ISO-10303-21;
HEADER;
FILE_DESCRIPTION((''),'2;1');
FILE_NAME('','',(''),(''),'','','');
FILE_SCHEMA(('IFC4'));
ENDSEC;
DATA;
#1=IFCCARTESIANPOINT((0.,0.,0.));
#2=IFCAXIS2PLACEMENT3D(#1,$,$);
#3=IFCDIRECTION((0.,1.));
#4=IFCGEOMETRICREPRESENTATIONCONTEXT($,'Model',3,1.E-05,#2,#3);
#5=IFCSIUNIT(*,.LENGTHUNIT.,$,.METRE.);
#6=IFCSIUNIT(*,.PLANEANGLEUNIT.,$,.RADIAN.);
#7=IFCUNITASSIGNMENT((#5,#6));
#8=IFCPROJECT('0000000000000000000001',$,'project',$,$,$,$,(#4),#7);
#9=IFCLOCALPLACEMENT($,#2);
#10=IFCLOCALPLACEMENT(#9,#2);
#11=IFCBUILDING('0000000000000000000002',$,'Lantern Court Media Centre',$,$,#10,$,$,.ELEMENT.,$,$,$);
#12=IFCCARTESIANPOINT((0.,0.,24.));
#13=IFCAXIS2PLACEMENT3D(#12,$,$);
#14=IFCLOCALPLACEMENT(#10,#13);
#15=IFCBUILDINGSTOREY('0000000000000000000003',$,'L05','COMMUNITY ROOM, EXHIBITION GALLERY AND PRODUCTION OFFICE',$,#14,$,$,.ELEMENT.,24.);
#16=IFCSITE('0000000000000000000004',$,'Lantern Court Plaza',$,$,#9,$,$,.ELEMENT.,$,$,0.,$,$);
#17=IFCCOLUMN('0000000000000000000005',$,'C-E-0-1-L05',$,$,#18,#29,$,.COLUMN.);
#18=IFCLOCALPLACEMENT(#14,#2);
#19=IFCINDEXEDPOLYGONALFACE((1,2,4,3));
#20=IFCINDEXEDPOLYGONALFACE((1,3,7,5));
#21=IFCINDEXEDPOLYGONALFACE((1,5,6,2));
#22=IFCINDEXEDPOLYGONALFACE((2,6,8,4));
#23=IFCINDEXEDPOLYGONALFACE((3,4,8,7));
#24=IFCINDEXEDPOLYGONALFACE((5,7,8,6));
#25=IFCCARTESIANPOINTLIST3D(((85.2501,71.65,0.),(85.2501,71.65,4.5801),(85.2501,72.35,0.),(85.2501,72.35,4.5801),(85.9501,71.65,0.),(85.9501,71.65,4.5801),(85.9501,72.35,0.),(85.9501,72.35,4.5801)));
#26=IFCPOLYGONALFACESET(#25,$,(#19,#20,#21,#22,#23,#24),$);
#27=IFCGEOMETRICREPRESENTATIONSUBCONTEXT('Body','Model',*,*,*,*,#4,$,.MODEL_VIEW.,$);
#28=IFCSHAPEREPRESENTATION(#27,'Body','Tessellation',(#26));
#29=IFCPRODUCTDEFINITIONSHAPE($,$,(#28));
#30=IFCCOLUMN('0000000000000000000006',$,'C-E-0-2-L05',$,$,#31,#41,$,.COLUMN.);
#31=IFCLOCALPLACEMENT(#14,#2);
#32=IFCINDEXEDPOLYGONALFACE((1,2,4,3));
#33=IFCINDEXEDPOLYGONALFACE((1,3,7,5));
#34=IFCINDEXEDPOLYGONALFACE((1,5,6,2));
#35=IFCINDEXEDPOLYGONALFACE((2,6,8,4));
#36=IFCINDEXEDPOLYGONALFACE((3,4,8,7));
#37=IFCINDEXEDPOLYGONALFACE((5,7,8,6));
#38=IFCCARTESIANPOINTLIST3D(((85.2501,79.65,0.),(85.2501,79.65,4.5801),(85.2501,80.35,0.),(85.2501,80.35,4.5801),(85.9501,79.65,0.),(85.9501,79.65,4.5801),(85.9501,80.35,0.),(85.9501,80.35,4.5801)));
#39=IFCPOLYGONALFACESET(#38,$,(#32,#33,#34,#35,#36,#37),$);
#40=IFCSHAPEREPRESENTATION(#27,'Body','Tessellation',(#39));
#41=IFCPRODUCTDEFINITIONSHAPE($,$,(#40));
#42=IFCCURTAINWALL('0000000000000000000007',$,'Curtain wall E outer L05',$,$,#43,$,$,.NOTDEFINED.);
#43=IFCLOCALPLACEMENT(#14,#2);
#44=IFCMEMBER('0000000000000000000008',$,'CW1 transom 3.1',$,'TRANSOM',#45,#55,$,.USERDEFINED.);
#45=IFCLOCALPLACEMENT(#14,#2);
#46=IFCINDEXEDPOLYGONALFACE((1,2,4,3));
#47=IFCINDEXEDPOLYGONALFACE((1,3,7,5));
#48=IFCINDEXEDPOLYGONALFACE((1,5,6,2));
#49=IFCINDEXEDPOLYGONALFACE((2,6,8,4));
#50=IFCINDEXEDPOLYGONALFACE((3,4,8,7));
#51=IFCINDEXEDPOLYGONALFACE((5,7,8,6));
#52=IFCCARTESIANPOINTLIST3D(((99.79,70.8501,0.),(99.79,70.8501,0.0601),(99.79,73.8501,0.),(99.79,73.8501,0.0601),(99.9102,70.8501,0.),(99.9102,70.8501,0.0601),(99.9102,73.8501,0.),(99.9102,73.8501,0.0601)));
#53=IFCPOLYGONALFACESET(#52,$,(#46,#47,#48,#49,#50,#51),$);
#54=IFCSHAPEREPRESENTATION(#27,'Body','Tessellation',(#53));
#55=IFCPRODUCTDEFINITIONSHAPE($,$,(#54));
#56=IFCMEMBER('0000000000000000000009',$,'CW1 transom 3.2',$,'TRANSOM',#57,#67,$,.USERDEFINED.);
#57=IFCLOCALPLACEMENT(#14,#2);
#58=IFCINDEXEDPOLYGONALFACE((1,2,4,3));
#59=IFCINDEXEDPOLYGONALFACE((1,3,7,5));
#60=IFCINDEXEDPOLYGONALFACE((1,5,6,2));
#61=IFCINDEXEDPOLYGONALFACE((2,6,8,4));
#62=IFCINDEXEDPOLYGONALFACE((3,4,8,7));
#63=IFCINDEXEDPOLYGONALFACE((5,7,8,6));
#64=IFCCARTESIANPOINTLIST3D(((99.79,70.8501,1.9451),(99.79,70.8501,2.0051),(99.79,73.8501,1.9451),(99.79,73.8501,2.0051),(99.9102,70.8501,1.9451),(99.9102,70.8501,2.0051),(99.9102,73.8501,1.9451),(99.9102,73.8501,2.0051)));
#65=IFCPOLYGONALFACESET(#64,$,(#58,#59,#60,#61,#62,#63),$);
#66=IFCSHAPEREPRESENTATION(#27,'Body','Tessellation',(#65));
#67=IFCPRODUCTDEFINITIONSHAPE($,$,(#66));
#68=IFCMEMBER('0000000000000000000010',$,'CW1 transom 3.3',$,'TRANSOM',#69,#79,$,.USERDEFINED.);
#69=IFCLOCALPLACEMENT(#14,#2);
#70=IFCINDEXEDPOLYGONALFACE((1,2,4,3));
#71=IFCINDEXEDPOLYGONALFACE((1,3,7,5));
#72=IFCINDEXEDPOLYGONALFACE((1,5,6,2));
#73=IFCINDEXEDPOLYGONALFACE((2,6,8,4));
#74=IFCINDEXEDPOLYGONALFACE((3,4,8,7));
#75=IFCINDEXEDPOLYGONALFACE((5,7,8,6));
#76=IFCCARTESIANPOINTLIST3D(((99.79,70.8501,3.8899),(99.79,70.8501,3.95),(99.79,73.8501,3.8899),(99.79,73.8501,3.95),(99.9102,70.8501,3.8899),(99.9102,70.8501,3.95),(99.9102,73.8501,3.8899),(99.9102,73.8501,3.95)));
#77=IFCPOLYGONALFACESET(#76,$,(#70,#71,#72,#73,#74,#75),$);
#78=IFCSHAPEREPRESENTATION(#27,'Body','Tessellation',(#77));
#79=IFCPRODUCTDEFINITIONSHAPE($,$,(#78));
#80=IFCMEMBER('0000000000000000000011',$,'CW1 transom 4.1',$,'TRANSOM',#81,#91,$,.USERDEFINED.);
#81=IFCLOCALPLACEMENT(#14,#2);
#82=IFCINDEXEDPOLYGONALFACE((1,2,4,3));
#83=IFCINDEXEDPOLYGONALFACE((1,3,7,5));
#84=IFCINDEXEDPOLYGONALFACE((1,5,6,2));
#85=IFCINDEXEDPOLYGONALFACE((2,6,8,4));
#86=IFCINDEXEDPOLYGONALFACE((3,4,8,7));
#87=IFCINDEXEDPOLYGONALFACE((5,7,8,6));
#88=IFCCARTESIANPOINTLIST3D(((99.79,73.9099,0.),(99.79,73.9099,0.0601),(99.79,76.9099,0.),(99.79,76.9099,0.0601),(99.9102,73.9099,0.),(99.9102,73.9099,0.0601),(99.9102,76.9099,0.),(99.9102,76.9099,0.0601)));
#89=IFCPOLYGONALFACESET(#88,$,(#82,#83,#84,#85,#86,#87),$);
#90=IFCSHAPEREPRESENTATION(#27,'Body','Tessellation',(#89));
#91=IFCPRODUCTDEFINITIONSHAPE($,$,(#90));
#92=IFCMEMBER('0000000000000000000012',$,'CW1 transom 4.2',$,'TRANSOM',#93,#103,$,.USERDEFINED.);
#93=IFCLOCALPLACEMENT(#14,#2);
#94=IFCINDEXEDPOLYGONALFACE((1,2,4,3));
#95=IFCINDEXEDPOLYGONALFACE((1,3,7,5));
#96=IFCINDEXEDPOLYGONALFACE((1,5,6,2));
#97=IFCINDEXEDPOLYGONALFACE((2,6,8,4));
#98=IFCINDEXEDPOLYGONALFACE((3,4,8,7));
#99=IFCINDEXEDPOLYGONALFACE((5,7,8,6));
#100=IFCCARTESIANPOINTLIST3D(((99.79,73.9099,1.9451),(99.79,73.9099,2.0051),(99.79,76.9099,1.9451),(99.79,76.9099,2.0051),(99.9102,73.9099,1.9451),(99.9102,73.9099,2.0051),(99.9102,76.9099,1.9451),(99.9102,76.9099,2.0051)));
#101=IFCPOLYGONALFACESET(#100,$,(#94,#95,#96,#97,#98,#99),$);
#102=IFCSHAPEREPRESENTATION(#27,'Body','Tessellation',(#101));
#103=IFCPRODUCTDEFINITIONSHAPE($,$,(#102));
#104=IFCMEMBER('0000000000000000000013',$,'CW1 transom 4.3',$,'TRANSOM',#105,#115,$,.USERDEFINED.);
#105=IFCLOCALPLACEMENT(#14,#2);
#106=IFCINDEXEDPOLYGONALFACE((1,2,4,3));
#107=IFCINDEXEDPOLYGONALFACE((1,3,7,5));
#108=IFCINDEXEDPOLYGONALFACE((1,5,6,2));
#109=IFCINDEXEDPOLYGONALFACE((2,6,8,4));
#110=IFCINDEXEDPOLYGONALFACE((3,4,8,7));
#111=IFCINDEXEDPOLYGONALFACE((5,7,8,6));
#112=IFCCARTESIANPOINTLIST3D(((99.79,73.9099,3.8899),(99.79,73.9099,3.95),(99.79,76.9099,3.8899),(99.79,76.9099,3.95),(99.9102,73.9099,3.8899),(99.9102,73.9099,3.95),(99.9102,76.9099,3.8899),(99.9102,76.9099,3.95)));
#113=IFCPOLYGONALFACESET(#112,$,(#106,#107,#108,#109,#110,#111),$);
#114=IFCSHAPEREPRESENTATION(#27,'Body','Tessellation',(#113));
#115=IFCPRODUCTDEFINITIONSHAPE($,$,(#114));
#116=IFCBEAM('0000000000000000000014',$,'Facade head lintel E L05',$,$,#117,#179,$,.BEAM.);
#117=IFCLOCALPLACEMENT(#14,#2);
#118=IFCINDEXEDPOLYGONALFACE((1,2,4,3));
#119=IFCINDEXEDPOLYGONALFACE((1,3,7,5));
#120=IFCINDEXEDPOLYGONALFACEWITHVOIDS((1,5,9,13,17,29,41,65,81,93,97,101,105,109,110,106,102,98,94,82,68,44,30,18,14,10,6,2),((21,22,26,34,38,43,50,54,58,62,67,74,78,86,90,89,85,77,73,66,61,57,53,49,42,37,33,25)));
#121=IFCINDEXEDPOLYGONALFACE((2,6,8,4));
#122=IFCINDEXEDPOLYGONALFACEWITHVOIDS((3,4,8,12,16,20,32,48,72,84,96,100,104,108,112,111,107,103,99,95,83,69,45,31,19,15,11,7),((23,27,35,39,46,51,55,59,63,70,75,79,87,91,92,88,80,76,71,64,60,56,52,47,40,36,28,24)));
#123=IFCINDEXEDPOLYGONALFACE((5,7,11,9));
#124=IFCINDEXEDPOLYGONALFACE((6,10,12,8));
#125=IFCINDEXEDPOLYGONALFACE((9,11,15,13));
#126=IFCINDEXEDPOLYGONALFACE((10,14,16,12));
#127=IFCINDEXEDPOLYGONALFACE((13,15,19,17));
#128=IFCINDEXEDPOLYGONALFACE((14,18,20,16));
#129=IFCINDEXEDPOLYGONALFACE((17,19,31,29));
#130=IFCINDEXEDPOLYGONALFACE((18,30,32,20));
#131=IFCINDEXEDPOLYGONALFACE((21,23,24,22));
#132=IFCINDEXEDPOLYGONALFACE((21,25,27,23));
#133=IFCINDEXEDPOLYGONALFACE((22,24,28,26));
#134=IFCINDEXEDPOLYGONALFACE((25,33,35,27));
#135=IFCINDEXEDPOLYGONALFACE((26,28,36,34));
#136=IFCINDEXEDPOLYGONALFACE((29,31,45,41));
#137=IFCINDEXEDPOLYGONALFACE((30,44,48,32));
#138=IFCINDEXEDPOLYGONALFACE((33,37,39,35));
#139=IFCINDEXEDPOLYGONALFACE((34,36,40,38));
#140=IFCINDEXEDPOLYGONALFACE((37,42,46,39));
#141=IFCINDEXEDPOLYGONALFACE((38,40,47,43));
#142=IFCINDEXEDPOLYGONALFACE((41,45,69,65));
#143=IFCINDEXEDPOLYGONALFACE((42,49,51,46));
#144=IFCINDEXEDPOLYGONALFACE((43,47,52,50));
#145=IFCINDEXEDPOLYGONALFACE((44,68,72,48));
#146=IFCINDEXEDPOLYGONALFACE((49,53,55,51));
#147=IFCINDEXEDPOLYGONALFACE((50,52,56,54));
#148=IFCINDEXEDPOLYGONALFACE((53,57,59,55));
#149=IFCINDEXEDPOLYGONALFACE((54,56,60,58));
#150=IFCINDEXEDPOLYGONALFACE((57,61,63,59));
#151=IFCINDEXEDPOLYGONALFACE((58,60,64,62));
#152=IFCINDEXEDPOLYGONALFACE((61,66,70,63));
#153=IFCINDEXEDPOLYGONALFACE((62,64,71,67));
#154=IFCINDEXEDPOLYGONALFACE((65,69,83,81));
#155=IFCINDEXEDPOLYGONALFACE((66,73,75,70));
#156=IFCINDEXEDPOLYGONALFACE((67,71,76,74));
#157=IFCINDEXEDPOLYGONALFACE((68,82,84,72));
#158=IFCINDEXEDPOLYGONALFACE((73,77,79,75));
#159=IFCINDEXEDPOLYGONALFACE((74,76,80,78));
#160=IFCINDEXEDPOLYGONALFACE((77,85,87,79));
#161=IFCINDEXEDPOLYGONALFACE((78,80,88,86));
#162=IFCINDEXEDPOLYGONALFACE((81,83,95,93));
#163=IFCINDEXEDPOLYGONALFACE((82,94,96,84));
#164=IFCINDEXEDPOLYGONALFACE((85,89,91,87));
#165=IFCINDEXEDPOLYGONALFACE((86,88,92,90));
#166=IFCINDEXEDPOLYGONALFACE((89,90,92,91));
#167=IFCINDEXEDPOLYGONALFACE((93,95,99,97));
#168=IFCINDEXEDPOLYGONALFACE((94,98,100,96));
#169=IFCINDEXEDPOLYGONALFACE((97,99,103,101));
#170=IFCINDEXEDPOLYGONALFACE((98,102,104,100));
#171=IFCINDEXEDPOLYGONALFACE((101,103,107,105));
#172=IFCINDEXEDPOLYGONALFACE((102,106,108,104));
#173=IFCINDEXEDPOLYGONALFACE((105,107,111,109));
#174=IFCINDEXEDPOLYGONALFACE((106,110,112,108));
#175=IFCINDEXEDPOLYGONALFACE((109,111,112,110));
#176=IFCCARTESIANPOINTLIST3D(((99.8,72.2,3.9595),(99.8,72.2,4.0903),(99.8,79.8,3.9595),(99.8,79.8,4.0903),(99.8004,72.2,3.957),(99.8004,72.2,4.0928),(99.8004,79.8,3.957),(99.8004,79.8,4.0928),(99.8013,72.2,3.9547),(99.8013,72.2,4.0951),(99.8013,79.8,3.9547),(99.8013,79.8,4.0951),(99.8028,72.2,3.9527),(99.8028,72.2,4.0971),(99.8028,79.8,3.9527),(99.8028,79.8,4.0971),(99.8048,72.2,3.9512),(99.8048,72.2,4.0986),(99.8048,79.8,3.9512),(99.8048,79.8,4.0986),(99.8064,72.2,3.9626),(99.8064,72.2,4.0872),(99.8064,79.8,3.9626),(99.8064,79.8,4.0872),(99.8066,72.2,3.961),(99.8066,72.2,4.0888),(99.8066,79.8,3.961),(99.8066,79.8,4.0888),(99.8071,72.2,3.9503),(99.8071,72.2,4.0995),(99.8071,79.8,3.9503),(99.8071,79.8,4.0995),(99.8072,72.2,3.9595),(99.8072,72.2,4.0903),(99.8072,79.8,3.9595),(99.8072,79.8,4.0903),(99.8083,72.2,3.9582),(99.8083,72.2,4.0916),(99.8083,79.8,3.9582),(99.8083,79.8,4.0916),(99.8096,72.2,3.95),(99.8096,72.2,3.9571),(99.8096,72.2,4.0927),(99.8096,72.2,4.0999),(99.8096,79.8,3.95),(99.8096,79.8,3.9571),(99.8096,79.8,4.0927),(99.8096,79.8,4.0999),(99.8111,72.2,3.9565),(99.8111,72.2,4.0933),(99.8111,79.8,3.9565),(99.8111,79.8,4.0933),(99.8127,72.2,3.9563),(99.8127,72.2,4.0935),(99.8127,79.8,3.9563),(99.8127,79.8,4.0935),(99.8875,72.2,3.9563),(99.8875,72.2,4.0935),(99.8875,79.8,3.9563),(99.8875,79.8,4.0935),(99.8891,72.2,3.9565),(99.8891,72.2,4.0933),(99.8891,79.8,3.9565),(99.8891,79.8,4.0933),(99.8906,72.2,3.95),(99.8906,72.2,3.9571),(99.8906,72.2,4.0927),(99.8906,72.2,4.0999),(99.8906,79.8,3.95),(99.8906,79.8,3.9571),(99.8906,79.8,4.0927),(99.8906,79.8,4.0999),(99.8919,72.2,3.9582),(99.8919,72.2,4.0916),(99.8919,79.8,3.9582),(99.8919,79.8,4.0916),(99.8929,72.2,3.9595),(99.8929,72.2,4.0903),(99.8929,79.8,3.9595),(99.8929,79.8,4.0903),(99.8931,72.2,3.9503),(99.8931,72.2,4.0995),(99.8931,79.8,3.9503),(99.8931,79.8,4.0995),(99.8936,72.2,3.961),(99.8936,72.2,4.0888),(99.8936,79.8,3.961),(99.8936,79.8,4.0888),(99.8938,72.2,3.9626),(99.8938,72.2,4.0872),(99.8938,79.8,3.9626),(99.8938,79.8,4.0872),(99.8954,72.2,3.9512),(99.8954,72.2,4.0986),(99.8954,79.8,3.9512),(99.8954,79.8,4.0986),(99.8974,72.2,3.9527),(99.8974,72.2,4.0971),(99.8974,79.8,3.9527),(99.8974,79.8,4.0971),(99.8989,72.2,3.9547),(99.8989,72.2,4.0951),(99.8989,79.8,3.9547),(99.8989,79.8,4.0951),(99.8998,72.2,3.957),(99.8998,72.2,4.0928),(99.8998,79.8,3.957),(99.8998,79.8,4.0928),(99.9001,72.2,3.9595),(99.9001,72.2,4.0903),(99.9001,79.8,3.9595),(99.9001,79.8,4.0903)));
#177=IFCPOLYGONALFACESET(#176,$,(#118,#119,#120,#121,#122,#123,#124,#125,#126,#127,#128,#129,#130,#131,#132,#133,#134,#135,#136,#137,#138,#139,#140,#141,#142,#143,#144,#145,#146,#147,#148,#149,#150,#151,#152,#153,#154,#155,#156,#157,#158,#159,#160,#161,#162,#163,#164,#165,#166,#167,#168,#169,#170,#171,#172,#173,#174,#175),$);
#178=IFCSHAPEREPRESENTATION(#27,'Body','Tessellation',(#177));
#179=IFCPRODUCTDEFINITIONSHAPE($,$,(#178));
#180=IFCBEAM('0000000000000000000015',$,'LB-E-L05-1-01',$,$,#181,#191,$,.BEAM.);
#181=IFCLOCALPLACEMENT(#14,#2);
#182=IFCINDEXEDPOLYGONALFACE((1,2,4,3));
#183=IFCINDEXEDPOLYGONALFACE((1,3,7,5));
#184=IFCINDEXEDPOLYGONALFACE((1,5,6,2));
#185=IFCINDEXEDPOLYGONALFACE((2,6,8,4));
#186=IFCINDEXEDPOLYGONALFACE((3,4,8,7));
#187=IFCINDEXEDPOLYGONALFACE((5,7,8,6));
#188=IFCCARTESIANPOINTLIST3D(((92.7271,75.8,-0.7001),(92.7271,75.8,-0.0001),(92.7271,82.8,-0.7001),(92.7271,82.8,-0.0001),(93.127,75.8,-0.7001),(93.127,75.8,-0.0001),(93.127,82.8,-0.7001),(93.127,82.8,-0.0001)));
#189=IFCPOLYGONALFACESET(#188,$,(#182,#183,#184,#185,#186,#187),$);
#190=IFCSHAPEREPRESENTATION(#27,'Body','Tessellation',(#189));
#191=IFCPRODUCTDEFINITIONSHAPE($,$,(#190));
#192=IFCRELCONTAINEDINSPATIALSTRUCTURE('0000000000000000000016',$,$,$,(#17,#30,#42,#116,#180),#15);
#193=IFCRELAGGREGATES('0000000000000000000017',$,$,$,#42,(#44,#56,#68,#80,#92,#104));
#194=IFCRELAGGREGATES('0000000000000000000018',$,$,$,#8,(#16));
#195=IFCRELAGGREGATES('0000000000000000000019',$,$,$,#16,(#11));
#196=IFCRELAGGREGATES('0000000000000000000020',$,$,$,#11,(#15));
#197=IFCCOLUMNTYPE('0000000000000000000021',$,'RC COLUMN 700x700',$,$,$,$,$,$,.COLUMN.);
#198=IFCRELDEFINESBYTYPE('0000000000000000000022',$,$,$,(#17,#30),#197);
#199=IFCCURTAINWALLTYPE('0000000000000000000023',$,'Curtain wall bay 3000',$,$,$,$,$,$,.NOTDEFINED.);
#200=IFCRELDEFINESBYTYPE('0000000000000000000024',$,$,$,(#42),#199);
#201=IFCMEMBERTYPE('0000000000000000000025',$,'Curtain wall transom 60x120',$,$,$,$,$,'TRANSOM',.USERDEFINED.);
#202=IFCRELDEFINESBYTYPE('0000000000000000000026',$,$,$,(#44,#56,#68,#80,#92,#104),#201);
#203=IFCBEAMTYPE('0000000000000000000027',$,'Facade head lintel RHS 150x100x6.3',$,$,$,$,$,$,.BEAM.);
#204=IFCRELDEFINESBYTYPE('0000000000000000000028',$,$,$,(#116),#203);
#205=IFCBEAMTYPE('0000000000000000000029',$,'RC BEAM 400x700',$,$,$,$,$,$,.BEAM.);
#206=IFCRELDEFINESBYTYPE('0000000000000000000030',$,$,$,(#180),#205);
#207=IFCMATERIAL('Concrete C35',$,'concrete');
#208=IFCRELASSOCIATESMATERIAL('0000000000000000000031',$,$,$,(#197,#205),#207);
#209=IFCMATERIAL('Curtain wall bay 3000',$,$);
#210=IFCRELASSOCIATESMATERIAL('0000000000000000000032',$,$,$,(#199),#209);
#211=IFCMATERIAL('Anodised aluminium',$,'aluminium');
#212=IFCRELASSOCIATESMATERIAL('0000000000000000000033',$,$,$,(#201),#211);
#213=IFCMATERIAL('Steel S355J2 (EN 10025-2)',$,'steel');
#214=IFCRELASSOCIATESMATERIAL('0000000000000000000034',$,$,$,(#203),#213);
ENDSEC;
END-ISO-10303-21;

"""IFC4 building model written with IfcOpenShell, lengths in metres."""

from ifc_helpers import new_model, si_unit, direction, frame, origin, origin_2d, place, context, subcontext, project, spatial, rectangle, hollow_rectangle, extrude, material, material_profile, profile_set, type_object, element, aggregate, save


model = new_model("IFC4")

# Units and contexts
model_context = context("Model", 3, precision=1e-05, world=origin(), true_north=direction((0.0, 1.0)))
body_context = subcontext(model_context, "Body", "Model", "MODEL_VIEW")
ifc_project = project(units=[si_unit("LENGTHUNIT", "METRE"), si_unit("PLANEANGLEUNIT", "RADIAN")], contexts=[model_context])

# Site, building, storey
site_placement = place(None, origin())
site = spatial("IfcSite", under=ifc_project, at=site_placement, Name="Lantern Court Plaza", CompositionType="ELEMENT", RefElevation=0.0)
building_placement = place(site_placement, origin())
building = spatial("IfcBuilding", under=site, at=building_placement, Name="Lantern Court Media Centre", CompositionType="ELEMENT")
storey_placement = place(building_placement, frame((0.0, 0.0, 24.0)))
storey = spatial("IfcBuildingStorey", under=building, at=storey_placement, Name="L05", Description="COMMUNITY ROOM, EXHIBITION GALLERY AND PRODUCTION OFFICE", CompositionType="ELEMENT", Elevation=24.0)

# Columns
ifc_material_1 = material(Name="Concrete C35", Category="concrete")
ifc_material_profile_1 = material_profile(ifc_material_1, rectangle(XDim=0.7, YDim=0.7, at=origin_2d()), Name="RC 700x700")
ifc_profile_set_1 = profile_set([ifc_material_profile_1], Name="Concrete C35")
column_type = type_object("IfcColumnType", Name="RC COLUMN 700x700", PredefinedType="COLUMN", material=ifc_profile_set_1)
for number, where, z_axis, x_axis, name in (
    (1, (85.6001, 72.0, 0.0), (0.0, 0.0, 1.0), (1.0, 0.0, 0.0), "C-E-0-1-L05"),
    (2, (85.6001, 80.0, 0.0), (0.0, 0.0, 1.0), (1.0, 0.0, 0.0), "C-E-0-2-L05"),
):
    element("IfcColumn", number, at=place(storey_placement, frame(where, z_axis=z_axis, x_axis=x_axis)), inside=storey, type_object=column_type, Name=name, PredefinedType="COLUMN", context=body_context, shape_type="SweptSolid", body=[
        extrude(rectangle(XDim=0.7, YDim=0.7, at=origin_2d()), origin(), (0.0, 0.0, 1.0), 4.5801),
    ])

# Curtain wall, members
ifc_material_2 = material(Name="Curtain wall bay 3000")
curtain_wall_type = type_object("IfcCurtainWallType", Name="Curtain wall bay 3000", PredefinedType="NOTDEFINED", material=ifc_material_2)
curtain_wall_placement = place(storey_placement, origin())
curtain_wall = element("IfcCurtainWall", 3, at=curtain_wall_placement, inside=storey, type_object=curtain_wall_type, Name="Curtain wall E outer L05", PredefinedType="NOTDEFINED")
ifc_material_3 = material(Name="Anodised aluminium", Category="aluminium")
ifc_material_profile_2 = material_profile(ifc_material_3, rectangle(XDim=0.1201, YDim=0.0601, at=origin_2d()), Name="AL 60x120")
ifc_profile_set_2 = profile_set([ifc_material_profile_2], Name="Anodised aluminium")
member_type = type_object("IfcMemberType", Name="Curtain wall transom 60x120", ElementType="TRANSOM", PredefinedType="USERDEFINED", material=ifc_profile_set_2)
member_1_placement = place(storey_placement, frame((99.8501, 70.8501, 0.03), z_axis=(0.0, 1.0, 0.0), x_axis=(-1.0, 0.0, 0.0)))
member_1 = element("IfcMember", 4, at=member_1_placement, type_object=member_type, Name="CW1 transom 3.1", ObjectType="TRANSOM", PredefinedType="USERDEFINED", context=body_context, shape_type="SweptSolid", body=[
    extrude(rectangle(XDim=0.1201, YDim=0.0601, at=origin_2d()), origin(), (0.0, 0.0, 1.0), 3.0),
])
member_2_placement = place(storey_placement, frame((99.8501, 70.8501, 1.9751), z_axis=(0.0, 1.0, 0.0), x_axis=(-1.0, 0.0, 0.0)))
member_2 = element("IfcMember", 5, at=member_2_placement, type_object=member_type, Name="CW1 transom 3.2", ObjectType="TRANSOM", PredefinedType="USERDEFINED", context=body_context, shape_type="SweptSolid", body=[
    extrude(rectangle(XDim=0.1201, YDim=0.0601, at=origin_2d()), origin(), (0.0, 0.0, 1.0), 3.0),
])
member_3_placement = place(storey_placement, frame((99.8501, 70.8501, 3.9199), z_axis=(0.0, 1.0, 0.0), x_axis=(-1.0, 0.0, 0.0)))
member_3 = element("IfcMember", 6, at=member_3_placement, type_object=member_type, Name="CW1 transom 3.3", ObjectType="TRANSOM", PredefinedType="USERDEFINED", context=body_context, shape_type="SweptSolid", body=[
    extrude(rectangle(XDim=0.1201, YDim=0.0601, at=origin_2d()), origin(), (0.0, 0.0, 1.0), 3.0),
])
member_4_placement = place(storey_placement, frame((99.8501, 73.9099, 0.03), z_axis=(0.0, 1.0, 0.0), x_axis=(-1.0, 0.0, 0.0)))
member_4 = element("IfcMember", 7, at=member_4_placement, type_object=member_type, Name="CW1 transom 4.1", ObjectType="TRANSOM", PredefinedType="USERDEFINED", context=body_context, shape_type="SweptSolid", body=[
    extrude(rectangle(XDim=0.1201, YDim=0.0601, at=origin_2d()), origin(), (0.0, 0.0, 1.0), 3.0),
])
member_5_placement = place(storey_placement, frame((99.8501, 73.9099, 1.9751), z_axis=(0.0, 1.0, 0.0), x_axis=(-1.0, 0.0, 0.0)))
member_5 = element("IfcMember", 8, at=member_5_placement, type_object=member_type, Name="CW1 transom 4.2", ObjectType="TRANSOM", PredefinedType="USERDEFINED", context=body_context, shape_type="SweptSolid", body=[
    extrude(rectangle(XDim=0.1201, YDim=0.0601, at=origin_2d()), origin(), (0.0, 0.0, 1.0), 3.0),
])
member_6_placement = place(storey_placement, frame((99.8501, 73.9099, 3.9199), z_axis=(0.0, 1.0, 0.0), x_axis=(-1.0, 0.0, 0.0)))
member_6 = element("IfcMember", 9, at=member_6_placement, type_object=member_type, Name="CW1 transom 4.3", ObjectType="TRANSOM", PredefinedType="USERDEFINED", context=body_context, shape_type="SweptSolid", body=[
    extrude(rectangle(XDim=0.1201, YDim=0.0601, at=origin_2d()), origin(), (0.0, 0.0, 1.0), 3.0),
])

# Beams
ifc_material_4 = material(Name="Steel S355J2 (EN 10025-2)", Category="steel")
ifc_material_profile_3 = material_profile(ifc_material_4, hollow_rectangle(XDim=0.1001, YDim=0.1499, WallThickness=0.0063, InnerFilletRadius=0.0063, OuterFilletRadius=0.0095, at=origin_2d()), Name="Facade head lintel RHS 150x100x6.3")
ifc_profile_set_3 = profile_set([ifc_material_profile_3], Name="Steel S355J2 (EN 10025-2)")
beam_type_1 = type_object("IfcBeamType", Name="Facade head lintel RHS 150x100x6.3", PredefinedType="BEAM", material=ifc_profile_set_3)
beam_1_placement = place(storey_placement, frame((99.8501, 72.2, 4.0249), z_axis=(0.0, 1.0, 0.0), x_axis=(-1.0, 0.0, 0.0)))
element("IfcBeam", 10, at=beam_1_placement, inside=storey, type_object=beam_type_1, Name="Facade head lintel E L05", PredefinedType="BEAM", context=body_context, shape_type="SweptSolid", body=[
    extrude(hollow_rectangle(XDim=0.1001, YDim=0.1499, WallThickness=0.0063, InnerFilletRadius=0.0063, OuterFilletRadius=0.0095, at=origin_2d()), origin(), (0.0, 0.0, 1.0), 7.6001),
])
ifc_material_profile_4 = material_profile(ifc_material_1, rectangle(XDim=0.3999, YDim=0.7, at=origin_2d()), Name="RC 400x700")
ifc_profile_set_4 = profile_set([ifc_material_profile_4], Name="Concrete C35")
beam_type_2 = type_object("IfcBeamType", Name="RC BEAM 400x700", PredefinedType="BEAM", material=ifc_profile_set_4)
beam_2_placement = place(storey_placement, frame((92.927, 75.8, -0.3501), z_axis=(0.0, 1.0, 0.0), x_axis=(-1.0, 0.0, 0.0)))
element("IfcBeam", 11, at=beam_2_placement, inside=storey, type_object=beam_type_2, Name="LB-E-L05-1-01", PredefinedType="BEAM", context=body_context, shape_type="SweptSolid", body=[
    extrude(rectangle(XDim=0.3999, YDim=0.7, at=origin_2d()), origin(), (0.0, 0.0, 1.0), 7.0),
])

aggregate(curtain_wall, [member_1, member_2, member_3, member_4, member_5, member_6])

save(model, "model.ifc")
